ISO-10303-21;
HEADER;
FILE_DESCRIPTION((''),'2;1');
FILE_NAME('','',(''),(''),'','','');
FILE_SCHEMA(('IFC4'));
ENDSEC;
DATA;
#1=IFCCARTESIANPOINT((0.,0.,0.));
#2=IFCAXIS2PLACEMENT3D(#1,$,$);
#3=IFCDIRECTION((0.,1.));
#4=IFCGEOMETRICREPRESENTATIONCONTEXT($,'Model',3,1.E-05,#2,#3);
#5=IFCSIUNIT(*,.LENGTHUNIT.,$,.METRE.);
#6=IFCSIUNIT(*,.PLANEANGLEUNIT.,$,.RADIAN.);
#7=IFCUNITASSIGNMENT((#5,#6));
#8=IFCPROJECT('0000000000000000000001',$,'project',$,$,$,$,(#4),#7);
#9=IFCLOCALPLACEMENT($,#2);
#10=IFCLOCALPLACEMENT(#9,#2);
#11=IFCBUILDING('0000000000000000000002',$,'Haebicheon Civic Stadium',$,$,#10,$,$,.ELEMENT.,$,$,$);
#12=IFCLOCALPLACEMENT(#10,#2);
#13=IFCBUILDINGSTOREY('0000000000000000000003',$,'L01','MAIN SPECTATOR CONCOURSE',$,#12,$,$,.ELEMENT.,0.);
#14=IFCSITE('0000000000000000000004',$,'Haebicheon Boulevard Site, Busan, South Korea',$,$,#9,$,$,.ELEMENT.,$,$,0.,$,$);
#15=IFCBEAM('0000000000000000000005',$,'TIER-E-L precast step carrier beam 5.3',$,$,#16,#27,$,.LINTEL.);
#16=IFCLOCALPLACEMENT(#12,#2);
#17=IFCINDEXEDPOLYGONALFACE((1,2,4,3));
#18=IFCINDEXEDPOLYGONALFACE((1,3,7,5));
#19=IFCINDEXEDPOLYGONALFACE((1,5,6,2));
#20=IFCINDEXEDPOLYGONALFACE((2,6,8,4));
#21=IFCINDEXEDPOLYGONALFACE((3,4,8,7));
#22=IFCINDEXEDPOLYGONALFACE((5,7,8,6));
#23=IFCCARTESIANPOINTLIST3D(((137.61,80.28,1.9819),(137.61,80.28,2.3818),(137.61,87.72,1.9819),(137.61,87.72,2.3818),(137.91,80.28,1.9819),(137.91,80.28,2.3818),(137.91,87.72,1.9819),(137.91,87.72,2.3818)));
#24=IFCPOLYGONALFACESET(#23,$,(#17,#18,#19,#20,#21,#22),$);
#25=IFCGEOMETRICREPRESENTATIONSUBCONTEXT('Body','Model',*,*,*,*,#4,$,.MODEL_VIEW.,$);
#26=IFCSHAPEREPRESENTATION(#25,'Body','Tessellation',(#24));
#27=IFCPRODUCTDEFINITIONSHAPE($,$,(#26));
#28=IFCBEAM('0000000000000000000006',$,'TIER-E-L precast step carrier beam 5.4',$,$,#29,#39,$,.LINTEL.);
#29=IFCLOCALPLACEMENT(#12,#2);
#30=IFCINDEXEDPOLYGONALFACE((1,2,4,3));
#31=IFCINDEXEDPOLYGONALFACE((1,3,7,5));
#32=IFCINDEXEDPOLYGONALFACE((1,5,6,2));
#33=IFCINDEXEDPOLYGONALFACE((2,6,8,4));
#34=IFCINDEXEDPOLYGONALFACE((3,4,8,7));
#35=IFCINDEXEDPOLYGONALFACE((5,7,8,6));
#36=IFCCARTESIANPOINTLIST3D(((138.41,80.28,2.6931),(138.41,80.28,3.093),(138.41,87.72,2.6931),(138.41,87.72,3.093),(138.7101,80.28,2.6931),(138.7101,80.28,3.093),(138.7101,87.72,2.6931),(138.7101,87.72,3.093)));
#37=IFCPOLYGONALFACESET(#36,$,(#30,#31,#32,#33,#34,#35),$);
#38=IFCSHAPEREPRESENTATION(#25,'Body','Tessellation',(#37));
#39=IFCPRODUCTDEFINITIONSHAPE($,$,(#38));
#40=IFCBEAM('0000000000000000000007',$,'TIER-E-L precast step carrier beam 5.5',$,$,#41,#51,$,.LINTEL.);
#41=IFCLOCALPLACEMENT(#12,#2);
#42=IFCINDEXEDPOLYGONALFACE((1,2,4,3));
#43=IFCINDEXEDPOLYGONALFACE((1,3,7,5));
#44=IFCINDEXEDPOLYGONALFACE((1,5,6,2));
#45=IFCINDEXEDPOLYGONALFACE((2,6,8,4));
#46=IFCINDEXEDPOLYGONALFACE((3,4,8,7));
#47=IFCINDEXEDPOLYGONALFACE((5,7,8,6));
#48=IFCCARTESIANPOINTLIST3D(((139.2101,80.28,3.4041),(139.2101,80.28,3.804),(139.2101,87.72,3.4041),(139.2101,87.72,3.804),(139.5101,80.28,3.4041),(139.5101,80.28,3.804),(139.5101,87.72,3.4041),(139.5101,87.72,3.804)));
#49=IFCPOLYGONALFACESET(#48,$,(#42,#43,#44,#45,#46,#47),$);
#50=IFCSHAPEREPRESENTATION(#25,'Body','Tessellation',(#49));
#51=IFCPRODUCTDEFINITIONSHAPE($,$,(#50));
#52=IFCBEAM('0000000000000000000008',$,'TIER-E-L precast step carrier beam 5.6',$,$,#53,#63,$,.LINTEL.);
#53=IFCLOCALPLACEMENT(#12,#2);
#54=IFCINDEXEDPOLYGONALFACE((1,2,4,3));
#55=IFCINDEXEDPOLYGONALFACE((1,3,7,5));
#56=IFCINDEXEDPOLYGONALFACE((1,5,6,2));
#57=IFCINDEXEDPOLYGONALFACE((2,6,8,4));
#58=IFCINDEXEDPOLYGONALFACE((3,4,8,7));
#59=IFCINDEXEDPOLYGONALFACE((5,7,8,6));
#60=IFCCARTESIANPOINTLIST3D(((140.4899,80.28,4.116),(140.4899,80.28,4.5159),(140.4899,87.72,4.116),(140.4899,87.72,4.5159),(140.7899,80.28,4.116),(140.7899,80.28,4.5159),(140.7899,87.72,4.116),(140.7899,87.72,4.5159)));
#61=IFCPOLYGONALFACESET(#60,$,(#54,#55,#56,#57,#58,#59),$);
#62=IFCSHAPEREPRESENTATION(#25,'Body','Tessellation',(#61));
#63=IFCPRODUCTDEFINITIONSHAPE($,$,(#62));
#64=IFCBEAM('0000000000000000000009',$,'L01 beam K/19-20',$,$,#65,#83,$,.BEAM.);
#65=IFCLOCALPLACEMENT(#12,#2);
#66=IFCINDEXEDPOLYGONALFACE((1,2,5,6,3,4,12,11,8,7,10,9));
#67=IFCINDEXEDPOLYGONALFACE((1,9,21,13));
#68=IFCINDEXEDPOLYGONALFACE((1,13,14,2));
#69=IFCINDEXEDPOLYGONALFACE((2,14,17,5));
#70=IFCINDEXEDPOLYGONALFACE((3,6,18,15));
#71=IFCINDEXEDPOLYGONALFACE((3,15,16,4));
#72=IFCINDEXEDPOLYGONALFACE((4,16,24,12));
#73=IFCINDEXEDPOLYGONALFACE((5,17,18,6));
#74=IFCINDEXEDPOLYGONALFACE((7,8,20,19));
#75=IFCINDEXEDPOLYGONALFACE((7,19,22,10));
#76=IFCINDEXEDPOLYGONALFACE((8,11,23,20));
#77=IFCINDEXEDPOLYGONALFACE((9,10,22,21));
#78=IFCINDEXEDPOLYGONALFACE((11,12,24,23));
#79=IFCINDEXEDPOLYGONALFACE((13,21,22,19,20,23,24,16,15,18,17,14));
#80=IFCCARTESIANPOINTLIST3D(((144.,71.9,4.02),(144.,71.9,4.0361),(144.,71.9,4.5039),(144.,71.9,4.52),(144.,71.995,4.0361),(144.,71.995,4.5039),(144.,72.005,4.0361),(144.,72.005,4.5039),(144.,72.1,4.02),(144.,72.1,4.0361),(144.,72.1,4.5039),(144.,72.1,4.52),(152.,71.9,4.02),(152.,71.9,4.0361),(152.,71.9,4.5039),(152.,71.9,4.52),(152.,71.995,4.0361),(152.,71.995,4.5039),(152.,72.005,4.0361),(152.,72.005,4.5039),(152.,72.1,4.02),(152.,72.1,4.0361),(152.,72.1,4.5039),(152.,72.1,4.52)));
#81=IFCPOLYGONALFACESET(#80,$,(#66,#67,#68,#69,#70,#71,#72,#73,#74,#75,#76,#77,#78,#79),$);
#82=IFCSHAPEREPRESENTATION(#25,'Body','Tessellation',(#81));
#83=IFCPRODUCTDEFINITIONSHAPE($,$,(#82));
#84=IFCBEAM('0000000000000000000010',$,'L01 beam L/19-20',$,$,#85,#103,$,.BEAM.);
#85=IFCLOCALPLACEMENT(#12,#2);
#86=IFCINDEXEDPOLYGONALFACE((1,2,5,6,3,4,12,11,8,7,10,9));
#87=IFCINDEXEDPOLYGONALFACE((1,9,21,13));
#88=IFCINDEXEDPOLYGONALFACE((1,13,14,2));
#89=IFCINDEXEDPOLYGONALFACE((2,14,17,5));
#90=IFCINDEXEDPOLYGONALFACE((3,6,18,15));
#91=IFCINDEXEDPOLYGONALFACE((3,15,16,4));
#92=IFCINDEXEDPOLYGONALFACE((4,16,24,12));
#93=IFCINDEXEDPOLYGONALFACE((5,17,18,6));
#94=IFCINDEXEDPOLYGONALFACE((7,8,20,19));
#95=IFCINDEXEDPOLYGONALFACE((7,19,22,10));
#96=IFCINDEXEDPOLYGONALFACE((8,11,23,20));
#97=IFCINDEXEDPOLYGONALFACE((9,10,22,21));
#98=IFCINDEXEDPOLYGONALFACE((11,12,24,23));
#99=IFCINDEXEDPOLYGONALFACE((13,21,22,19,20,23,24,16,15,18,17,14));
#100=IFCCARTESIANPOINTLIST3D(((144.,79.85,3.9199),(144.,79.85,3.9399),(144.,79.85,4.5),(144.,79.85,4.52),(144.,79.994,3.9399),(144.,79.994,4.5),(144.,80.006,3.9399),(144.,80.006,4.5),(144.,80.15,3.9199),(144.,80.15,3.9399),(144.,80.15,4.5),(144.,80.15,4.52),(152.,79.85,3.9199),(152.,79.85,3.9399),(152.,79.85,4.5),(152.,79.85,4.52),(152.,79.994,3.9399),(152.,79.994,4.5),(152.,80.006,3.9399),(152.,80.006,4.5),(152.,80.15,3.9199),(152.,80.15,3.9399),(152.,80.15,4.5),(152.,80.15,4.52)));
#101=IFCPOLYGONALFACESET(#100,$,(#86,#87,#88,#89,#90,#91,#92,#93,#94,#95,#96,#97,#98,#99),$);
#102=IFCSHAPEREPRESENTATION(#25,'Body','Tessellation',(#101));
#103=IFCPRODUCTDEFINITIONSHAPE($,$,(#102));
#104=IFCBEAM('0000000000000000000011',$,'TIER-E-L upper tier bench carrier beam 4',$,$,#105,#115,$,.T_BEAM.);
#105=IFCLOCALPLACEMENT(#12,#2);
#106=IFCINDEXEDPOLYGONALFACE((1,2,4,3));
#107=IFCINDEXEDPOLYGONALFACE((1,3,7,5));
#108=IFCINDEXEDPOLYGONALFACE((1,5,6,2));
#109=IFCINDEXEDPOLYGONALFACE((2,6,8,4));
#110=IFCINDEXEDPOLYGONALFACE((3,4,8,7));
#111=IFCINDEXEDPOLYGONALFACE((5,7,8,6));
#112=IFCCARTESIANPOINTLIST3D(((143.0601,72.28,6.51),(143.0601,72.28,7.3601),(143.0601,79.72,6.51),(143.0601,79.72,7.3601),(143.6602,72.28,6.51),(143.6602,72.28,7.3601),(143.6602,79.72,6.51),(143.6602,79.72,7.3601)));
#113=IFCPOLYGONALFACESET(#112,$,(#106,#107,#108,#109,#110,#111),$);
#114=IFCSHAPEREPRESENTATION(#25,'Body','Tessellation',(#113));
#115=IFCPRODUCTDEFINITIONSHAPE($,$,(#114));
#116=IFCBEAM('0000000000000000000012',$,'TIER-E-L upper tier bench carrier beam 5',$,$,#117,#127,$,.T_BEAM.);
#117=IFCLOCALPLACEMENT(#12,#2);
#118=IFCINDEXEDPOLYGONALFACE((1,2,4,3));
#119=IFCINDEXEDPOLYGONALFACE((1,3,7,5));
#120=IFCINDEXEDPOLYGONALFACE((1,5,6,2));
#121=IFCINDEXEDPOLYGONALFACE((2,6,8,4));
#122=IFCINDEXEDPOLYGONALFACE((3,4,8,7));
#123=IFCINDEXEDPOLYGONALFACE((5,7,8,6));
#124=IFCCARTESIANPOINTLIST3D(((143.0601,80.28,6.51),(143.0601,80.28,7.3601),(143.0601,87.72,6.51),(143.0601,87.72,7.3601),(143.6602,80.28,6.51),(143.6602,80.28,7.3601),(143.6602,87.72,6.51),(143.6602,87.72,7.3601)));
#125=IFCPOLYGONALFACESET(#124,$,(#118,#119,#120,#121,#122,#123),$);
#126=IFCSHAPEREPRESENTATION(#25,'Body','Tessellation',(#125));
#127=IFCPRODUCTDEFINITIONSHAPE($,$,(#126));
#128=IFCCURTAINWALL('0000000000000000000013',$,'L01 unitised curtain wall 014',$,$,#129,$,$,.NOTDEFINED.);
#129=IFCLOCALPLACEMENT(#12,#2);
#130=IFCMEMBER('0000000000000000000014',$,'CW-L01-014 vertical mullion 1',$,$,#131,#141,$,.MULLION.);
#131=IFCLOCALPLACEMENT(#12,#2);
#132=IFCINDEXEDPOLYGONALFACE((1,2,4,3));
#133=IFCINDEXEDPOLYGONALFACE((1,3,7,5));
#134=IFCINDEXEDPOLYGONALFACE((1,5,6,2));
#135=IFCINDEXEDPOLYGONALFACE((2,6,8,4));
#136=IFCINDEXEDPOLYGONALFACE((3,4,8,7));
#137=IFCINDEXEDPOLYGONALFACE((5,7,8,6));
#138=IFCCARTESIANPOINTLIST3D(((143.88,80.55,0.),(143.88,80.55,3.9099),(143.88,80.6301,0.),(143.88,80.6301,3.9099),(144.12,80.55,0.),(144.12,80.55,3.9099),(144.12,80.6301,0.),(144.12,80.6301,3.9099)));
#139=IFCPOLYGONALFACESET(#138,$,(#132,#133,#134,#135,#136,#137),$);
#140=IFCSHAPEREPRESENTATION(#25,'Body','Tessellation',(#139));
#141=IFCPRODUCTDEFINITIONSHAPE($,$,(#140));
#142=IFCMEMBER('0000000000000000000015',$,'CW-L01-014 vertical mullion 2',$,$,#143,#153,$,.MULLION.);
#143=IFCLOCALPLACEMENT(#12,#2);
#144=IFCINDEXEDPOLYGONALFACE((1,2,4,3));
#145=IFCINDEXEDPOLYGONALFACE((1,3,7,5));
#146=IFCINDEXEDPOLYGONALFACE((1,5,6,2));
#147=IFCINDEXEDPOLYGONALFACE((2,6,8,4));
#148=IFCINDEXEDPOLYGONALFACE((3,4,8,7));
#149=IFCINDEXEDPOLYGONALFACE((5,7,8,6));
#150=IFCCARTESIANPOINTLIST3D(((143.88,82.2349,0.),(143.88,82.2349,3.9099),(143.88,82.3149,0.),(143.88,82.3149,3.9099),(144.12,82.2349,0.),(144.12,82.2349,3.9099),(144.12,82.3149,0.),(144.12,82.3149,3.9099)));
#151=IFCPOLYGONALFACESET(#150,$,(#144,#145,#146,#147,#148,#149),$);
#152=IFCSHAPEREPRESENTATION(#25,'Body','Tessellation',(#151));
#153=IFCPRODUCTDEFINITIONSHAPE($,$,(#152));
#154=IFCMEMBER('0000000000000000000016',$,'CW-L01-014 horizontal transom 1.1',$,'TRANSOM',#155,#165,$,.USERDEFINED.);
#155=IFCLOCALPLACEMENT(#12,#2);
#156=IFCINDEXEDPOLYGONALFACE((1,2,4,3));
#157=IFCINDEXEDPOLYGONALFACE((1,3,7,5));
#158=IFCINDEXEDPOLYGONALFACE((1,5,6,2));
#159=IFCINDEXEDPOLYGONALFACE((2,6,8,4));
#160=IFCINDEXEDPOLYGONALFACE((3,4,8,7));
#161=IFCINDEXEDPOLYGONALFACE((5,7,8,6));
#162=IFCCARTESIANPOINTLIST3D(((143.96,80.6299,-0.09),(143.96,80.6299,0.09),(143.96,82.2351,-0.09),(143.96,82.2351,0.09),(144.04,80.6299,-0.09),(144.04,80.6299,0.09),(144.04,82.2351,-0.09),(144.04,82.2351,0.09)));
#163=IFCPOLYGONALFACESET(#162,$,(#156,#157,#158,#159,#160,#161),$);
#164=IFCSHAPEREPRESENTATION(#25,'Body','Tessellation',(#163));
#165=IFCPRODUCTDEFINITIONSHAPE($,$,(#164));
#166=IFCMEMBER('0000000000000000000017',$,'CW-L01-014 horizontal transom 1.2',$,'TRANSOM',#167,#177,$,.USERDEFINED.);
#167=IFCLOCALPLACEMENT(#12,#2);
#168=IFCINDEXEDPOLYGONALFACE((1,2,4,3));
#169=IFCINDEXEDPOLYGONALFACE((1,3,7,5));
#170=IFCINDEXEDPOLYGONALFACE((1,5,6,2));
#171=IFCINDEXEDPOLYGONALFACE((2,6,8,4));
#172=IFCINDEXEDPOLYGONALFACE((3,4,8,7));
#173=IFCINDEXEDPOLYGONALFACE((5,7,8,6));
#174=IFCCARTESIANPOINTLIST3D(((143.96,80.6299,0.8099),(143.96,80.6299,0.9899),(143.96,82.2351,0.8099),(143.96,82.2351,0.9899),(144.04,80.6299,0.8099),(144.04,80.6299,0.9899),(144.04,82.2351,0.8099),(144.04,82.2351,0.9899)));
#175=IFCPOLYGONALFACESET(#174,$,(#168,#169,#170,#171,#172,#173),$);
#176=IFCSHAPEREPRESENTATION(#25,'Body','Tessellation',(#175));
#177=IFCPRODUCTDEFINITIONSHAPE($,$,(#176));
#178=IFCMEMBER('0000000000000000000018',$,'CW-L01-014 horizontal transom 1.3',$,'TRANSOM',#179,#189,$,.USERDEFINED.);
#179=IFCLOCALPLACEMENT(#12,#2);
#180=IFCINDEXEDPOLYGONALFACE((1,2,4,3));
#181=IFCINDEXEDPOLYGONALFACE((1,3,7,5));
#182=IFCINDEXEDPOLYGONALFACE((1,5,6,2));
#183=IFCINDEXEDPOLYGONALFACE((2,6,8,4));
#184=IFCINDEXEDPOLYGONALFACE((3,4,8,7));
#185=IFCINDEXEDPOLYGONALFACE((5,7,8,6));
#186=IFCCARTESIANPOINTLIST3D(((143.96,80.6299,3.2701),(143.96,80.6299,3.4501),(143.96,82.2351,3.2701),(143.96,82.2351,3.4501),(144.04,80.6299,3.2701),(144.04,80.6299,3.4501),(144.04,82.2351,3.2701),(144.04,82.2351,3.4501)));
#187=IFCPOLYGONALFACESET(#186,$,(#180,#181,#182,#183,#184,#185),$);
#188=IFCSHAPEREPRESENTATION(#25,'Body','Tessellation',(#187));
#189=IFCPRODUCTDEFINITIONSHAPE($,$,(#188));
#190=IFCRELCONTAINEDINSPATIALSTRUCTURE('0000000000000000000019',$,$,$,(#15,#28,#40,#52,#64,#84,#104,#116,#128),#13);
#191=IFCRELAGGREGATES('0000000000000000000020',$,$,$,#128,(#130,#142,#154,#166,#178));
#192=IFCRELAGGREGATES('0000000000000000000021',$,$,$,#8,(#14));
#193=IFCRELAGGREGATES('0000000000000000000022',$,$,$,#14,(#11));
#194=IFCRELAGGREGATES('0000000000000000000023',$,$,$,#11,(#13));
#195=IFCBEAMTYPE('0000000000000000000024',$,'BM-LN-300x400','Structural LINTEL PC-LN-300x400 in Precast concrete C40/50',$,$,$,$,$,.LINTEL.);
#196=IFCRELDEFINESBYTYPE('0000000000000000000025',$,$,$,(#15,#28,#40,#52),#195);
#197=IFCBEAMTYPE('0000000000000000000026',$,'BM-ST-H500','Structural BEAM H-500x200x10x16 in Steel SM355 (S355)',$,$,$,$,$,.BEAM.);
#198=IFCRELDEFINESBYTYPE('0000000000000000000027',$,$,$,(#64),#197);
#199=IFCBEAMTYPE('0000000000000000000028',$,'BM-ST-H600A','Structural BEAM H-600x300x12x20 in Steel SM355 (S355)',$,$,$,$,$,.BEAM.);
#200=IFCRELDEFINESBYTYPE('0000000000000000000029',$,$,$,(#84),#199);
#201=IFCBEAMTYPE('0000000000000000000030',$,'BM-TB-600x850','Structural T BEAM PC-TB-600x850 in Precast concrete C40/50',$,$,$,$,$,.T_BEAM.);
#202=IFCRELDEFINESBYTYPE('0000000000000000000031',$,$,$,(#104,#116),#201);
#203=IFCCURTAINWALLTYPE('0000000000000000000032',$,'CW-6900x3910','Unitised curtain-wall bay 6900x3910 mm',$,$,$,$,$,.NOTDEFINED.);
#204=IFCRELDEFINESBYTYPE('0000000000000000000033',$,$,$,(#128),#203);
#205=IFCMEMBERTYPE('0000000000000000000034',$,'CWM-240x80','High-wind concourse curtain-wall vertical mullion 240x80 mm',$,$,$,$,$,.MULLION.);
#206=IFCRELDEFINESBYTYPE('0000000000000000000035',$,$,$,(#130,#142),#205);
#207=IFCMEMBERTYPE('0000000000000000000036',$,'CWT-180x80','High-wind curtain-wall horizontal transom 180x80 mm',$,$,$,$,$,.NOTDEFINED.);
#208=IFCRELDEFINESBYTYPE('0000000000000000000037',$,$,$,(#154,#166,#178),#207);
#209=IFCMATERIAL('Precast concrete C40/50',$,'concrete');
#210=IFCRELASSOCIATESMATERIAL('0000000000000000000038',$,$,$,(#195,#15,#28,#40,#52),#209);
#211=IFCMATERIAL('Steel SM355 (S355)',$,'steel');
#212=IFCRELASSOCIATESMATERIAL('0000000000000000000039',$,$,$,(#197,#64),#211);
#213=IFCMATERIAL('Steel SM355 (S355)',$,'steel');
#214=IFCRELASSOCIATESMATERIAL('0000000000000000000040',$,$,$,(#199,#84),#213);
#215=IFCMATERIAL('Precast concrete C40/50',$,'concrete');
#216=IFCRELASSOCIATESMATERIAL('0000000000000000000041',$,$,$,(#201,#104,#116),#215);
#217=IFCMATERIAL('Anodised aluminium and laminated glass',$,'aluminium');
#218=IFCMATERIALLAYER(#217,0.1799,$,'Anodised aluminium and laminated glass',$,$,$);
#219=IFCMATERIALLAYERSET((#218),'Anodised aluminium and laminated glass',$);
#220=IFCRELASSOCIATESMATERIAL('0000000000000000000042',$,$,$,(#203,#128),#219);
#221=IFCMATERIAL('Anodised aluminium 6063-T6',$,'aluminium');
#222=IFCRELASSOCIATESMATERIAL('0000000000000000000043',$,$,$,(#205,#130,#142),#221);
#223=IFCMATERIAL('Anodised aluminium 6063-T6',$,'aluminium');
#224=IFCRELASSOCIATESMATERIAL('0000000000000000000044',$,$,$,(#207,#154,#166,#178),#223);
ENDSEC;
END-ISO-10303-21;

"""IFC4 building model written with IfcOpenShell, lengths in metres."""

from ifc_helpers import new_model, si_unit, direction, frame, origin, origin_2d, place, context, subcontext, project, spatial, rectangle, i_section, extrude, material, layer, layer_set, material_profile, profile_set, type_object, element, aggregate, save


model = new_model("IFC4")

# Units and contexts
model_context = context("Model", 3, precision=1e-05, world=origin(), true_north=direction((0.0, 1.0)))
body_context = subcontext(model_context, "Body", "Model", "MODEL_VIEW")
ifc_project = project(units=[si_unit("LENGTHUNIT", "METRE"), si_unit("PLANEANGLEUNIT", "RADIAN")], contexts=[model_context])

# Site, building, storey
site_placement = place(None, origin())
site = spatial("IfcSite", under=ifc_project, at=site_placement, Name="Haebicheon Boulevard Site, Busan, South Korea", CompositionType="ELEMENT", RefElevation=0.0)
building_placement = place(site_placement, origin())
building = spatial("IfcBuilding", under=site, at=building_placement, Name="Haebicheon Civic Stadium", CompositionType="ELEMENT")
storey_placement = place(building_placement, origin())
storey = spatial("IfcBuildingStorey", under=building, at=storey_placement, Name="L01", Description="MAIN SPECTATOR CONCOURSE", CompositionType="ELEMENT", Elevation=0.0)

# Beams
ifc_material_1 = material(Name="Precast concrete C40/50", Category="concrete")
ifc_material_profile_1 = material_profile(ifc_material_1, rectangle(XDim=0.3, YDim=0.3999, at=origin_2d()), Name="PC-LN-300x400")
ifc_profile_set_1 = profile_set([ifc_material_profile_1], Name="Precast concrete C40/50")
beam_type_1 = type_object("IfcBeamType", Name="BM-LN-300x400", Description="Structural LINTEL PC-LN-300x400 in Precast concrete C40/50", PredefinedType="LINTEL", material=ifc_profile_set_1)
for number, where, z_axis, x_axis, name in (
    (1, (137.76, 80.28, 2.1819), (0.0, 1.0, 0.0), (-1.0, 0.0, 0.0), "TIER-E-L precast step carrier beam 5.3"),
    (2, (138.5601, 80.28, 2.8931), (0.0, 1.0, 0.0), (-1.0, 0.0, 0.0), "TIER-E-L precast step carrier beam 5.4"),
    (3, (139.3601, 80.28, 3.604), (0.0, 1.0, 0.0), (-1.0, 0.0, 0.0), "TIER-E-L precast step carrier beam 5.5"),
    (4, (140.6399, 80.28, 4.3159), (0.0, 1.0, 0.0), (-1.0, 0.0, 0.0), "TIER-E-L precast step carrier beam 5.6"),
):
    element("IfcBeam", number, at=place(storey_placement, frame(where, z_axis=z_axis, x_axis=x_axis)), inside=storey, type_object=beam_type_1, material=ifc_profile_set_1, Name=name, PredefinedType="LINTEL", context=body_context, shape_type="SweptSolid", body=[
        extrude(rectangle(XDim=0.3, YDim=0.3999, at=origin_2d()), origin(), (0.0, 0.0, 1.0), 7.4399),
    ])
ifc_material_2 = material(Name="Steel SM355 (S355)", Category="steel")
ifc_material_profile_2 = material_profile(ifc_material_2, i_section(OverallWidth=0.2, OverallDepth=0.5, WebThickness=0.01, FlangeThickness=0.0161, at=origin_2d()), Name="H-500x200x10x16")
ifc_profile_set_2 = profile_set([ifc_material_profile_2], Name="Steel SM355 (S355)")
beam_type_2 = type_object("IfcBeamType", Name="BM-ST-H500", Description="Structural BEAM H-500x200x10x16 in Steel SM355 (S355)", PredefinedType="BEAM", material=ifc_profile_set_2)
beam_1_placement = place(storey_placement, frame((144.0, 72.0, 4.27), z_axis=(1.0, 0.0, 0.0), x_axis=(0.0, 1.0, 0.0)))
element("IfcBeam", 5, at=beam_1_placement, inside=storey, type_object=beam_type_2, material=ifc_profile_set_2, Name="L01 beam K/19-20", PredefinedType="BEAM", context=body_context, shape_type="SweptSolid", body=[
    extrude(i_section(OverallWidth=0.2, OverallDepth=0.5, WebThickness=0.01, FlangeThickness=0.0161, at=origin_2d()), origin(), (0.0, 0.0, 1.0), 8.0),
])
ifc_material_3 = material(Name="Steel SM355 (S355)", Category="steel")
ifc_material_profile_3 = material_profile(ifc_material_3, i_section(OverallWidth=0.3, OverallDepth=0.6001, WebThickness=0.012, FlangeThickness=0.02, at=origin_2d()), Name="H-600x300x12x20")
ifc_profile_set_3 = profile_set([ifc_material_profile_3], Name="Steel SM355 (S355)")
beam_type_3 = type_object("IfcBeamType", Name="BM-ST-H600A", Description="Structural BEAM H-600x300x12x20 in Steel SM355 (S355)", PredefinedType="BEAM", material=ifc_profile_set_3)
beam_2_placement = place(storey_placement, frame((144.0, 80.0, 4.22), z_axis=(1.0, 0.0, 0.0), x_axis=(0.0, 1.0, 0.0)))
element("IfcBeam", 6, at=beam_2_placement, inside=storey, type_object=beam_type_3, material=ifc_profile_set_3, Name="L01 beam L/19-20", PredefinedType="BEAM", context=body_context, shape_type="SweptSolid", body=[
    extrude(i_section(OverallWidth=0.3, OverallDepth=0.6001, WebThickness=0.012, FlangeThickness=0.02, at=origin_2d()), origin(), (0.0, 0.0, 1.0), 8.0),
])
ifc_material_4 = material(Name="Precast concrete C40/50", Category="concrete")
ifc_material_profile_4 = material_profile(ifc_material_4, rectangle(XDim=0.6001, YDim=0.8501, at=origin_2d()), Name="PC-TB-600x850")
ifc_profile_set_4 = profile_set([ifc_material_profile_4], Name="Precast concrete C40/50")
beam_type_4 = type_object("IfcBeamType", Name="BM-TB-600x850", Description="Structural T BEAM PC-TB-600x850 in Precast concrete C40/50", PredefinedType="T_BEAM", material=ifc_profile_set_4)
for number, where, z_axis, x_axis, name in (
    (7, (143.3601, 72.28, 6.9351), (0.0, 1.0, 0.0), (-1.0, 0.0, 0.0), "TIER-E-L upper tier bench carrier beam 4"),
    (8, (143.3601, 80.28, 6.9351), (0.0, 1.0, 0.0), (-1.0, 0.0, 0.0), "TIER-E-L upper tier bench carrier beam 5"),
):
    element("IfcBeam", number, at=place(storey_placement, frame(where, z_axis=z_axis, x_axis=x_axis)), inside=storey, type_object=beam_type_4, material=ifc_profile_set_4, Name=name, PredefinedType="T_BEAM", context=body_context, shape_type="SweptSolid", body=[
        extrude(rectangle(XDim=0.6001, YDim=0.8501, at=origin_2d()), origin(), (0.0, 0.0, 1.0), 7.4399),
    ])

# Curtain wall, members
ifc_material_5 = material(Name="Anodised aluminium and laminated glass", Category="aluminium")
ifc_layer_1 = layer(ifc_material_5, 0.1799, Name="Anodised aluminium and laminated glass")
ifc_layer_set_1 = layer_set([ifc_layer_1], Name="Anodised aluminium and laminated glass")
curtain_wall_type = type_object("IfcCurtainWallType", Name="CW-6900x3910", Description="Unitised curtain-wall bay 6900x3910 mm", PredefinedType="NOTDEFINED", material=ifc_layer_set_1)
curtain_wall_placement = place(storey_placement, origin())
curtain_wall = element("IfcCurtainWall", 9, at=curtain_wall_placement, inside=storey, type_object=curtain_wall_type, material=ifc_layer_set_1, Name="L01 unitised curtain wall 014", PredefinedType="NOTDEFINED")
ifc_material_6 = material(Name="Anodised aluminium 6063-T6", Category="aluminium")
ifc_material_profile_5 = material_profile(ifc_material_6, rectangle(XDim=0.0801, YDim=0.24, at=origin_2d()), Name="ALU-MULL-80x240")
ifc_profile_set_5 = profile_set([ifc_material_profile_5], Name="Anodised aluminium 6063-T6")
member_type_1 = type_object("IfcMemberType", Name="CWM-240x80", Description="High-wind concourse curtain-wall vertical mullion 240x80 mm", PredefinedType="MULLION", material=ifc_profile_set_5)
member_1_placement = place(storey_placement, frame((144.0, 80.5901, 0.0), z_axis=(0.0, 0.0, 1.0), x_axis=(0.0, 1.0, 0.0)))
member_1 = element("IfcMember", 10, at=member_1_placement, type_object=member_type_1, material=ifc_profile_set_5, Name="CW-L01-014 vertical mullion 1", PredefinedType="MULLION", context=body_context, shape_type="SweptSolid", body=[
    extrude(rectangle(XDim=0.0801, YDim=0.24, at=origin_2d()), origin(), (0.0, 0.0, 1.0), 3.9099),
])
member_2_placement = place(storey_placement, frame((144.0, 82.2749, 0.0), z_axis=(0.0, 0.0, 1.0), x_axis=(0.0, 1.0, 0.0)))
member_2 = element("IfcMember", 11, at=member_2_placement, type_object=member_type_1, material=ifc_profile_set_5, Name="CW-L01-014 vertical mullion 2", PredefinedType="MULLION", context=body_context, shape_type="SweptSolid", body=[
    extrude(rectangle(XDim=0.0801, YDim=0.24, at=origin_2d()), origin(), (0.0, 0.0, 1.0), 3.9099),
])
ifc_material_7 = material(Name="Anodised aluminium 6063-T6", Category="aluminium")
ifc_material_profile_6 = material_profile(ifc_material_7, rectangle(XDim=0.0801, YDim=0.1799, at=origin_2d()), Name="ALU-TRAN-80x180")
ifc_profile_set_6 = profile_set([ifc_material_profile_6], Name="Anodised aluminium 6063-T6")
member_type_2 = type_object("IfcMemberType", Name="CWT-180x80", Description="High-wind curtain-wall horizontal transom 180x80 mm", PredefinedType="NOTDEFINED", material=ifc_profile_set_6)
member_3_placement = place(storey_placement, frame((144.0, 80.6299, 0.0), z_axis=(0.0, 1.0, 0.0), x_axis=(-1.0, 0.0, 0.0)))
member_3 = element("IfcMember", 12, at=member_3_placement, type_object=member_type_2, material=ifc_profile_set_6, Name="CW-L01-014 horizontal transom 1.1", ObjectType="TRANSOM", PredefinedType="USERDEFINED", context=body_context, shape_type="SweptSolid", body=[
    extrude(rectangle(XDim=0.0801, YDim=0.1799, at=origin_2d()), origin(), (0.0, 0.0, 1.0), 1.6052),
])
member_4_placement = place(storey_placement, frame((144.0, 80.6299, 0.8999), z_axis=(0.0, 1.0, 0.0), x_axis=(-1.0, 0.0, 0.0)))
member_4 = element("IfcMember", 13, at=member_4_placement, type_object=member_type_2, material=ifc_profile_set_6, Name="CW-L01-014 horizontal transom 1.2", ObjectType="TRANSOM", PredefinedType="USERDEFINED", context=body_context, shape_type="SweptSolid", body=[
    extrude(rectangle(XDim=0.0801, YDim=0.1799, at=origin_2d()), origin(), (0.0, 0.0, 1.0), 1.6052),
])
member_5_placement = place(storey_placement, frame((144.0, 80.6299, 3.3601), z_axis=(0.0, 1.0, 0.0), x_axis=(-1.0, 0.0, 0.0)))
member_5 = element("IfcMember", 14, at=member_5_placement, type_object=member_type_2, material=ifc_profile_set_6, Name="CW-L01-014 horizontal transom 1.3", ObjectType="TRANSOM", PredefinedType="USERDEFINED", context=body_context, shape_type="SweptSolid", body=[
    extrude(rectangle(XDim=0.0801, YDim=0.1799, at=origin_2d()), origin(), (0.0, 0.0, 1.0), 1.6052),
])

aggregate(curtain_wall, [member_1, member_2, member_3, member_4, member_5])

save(model, "model.ifc")
